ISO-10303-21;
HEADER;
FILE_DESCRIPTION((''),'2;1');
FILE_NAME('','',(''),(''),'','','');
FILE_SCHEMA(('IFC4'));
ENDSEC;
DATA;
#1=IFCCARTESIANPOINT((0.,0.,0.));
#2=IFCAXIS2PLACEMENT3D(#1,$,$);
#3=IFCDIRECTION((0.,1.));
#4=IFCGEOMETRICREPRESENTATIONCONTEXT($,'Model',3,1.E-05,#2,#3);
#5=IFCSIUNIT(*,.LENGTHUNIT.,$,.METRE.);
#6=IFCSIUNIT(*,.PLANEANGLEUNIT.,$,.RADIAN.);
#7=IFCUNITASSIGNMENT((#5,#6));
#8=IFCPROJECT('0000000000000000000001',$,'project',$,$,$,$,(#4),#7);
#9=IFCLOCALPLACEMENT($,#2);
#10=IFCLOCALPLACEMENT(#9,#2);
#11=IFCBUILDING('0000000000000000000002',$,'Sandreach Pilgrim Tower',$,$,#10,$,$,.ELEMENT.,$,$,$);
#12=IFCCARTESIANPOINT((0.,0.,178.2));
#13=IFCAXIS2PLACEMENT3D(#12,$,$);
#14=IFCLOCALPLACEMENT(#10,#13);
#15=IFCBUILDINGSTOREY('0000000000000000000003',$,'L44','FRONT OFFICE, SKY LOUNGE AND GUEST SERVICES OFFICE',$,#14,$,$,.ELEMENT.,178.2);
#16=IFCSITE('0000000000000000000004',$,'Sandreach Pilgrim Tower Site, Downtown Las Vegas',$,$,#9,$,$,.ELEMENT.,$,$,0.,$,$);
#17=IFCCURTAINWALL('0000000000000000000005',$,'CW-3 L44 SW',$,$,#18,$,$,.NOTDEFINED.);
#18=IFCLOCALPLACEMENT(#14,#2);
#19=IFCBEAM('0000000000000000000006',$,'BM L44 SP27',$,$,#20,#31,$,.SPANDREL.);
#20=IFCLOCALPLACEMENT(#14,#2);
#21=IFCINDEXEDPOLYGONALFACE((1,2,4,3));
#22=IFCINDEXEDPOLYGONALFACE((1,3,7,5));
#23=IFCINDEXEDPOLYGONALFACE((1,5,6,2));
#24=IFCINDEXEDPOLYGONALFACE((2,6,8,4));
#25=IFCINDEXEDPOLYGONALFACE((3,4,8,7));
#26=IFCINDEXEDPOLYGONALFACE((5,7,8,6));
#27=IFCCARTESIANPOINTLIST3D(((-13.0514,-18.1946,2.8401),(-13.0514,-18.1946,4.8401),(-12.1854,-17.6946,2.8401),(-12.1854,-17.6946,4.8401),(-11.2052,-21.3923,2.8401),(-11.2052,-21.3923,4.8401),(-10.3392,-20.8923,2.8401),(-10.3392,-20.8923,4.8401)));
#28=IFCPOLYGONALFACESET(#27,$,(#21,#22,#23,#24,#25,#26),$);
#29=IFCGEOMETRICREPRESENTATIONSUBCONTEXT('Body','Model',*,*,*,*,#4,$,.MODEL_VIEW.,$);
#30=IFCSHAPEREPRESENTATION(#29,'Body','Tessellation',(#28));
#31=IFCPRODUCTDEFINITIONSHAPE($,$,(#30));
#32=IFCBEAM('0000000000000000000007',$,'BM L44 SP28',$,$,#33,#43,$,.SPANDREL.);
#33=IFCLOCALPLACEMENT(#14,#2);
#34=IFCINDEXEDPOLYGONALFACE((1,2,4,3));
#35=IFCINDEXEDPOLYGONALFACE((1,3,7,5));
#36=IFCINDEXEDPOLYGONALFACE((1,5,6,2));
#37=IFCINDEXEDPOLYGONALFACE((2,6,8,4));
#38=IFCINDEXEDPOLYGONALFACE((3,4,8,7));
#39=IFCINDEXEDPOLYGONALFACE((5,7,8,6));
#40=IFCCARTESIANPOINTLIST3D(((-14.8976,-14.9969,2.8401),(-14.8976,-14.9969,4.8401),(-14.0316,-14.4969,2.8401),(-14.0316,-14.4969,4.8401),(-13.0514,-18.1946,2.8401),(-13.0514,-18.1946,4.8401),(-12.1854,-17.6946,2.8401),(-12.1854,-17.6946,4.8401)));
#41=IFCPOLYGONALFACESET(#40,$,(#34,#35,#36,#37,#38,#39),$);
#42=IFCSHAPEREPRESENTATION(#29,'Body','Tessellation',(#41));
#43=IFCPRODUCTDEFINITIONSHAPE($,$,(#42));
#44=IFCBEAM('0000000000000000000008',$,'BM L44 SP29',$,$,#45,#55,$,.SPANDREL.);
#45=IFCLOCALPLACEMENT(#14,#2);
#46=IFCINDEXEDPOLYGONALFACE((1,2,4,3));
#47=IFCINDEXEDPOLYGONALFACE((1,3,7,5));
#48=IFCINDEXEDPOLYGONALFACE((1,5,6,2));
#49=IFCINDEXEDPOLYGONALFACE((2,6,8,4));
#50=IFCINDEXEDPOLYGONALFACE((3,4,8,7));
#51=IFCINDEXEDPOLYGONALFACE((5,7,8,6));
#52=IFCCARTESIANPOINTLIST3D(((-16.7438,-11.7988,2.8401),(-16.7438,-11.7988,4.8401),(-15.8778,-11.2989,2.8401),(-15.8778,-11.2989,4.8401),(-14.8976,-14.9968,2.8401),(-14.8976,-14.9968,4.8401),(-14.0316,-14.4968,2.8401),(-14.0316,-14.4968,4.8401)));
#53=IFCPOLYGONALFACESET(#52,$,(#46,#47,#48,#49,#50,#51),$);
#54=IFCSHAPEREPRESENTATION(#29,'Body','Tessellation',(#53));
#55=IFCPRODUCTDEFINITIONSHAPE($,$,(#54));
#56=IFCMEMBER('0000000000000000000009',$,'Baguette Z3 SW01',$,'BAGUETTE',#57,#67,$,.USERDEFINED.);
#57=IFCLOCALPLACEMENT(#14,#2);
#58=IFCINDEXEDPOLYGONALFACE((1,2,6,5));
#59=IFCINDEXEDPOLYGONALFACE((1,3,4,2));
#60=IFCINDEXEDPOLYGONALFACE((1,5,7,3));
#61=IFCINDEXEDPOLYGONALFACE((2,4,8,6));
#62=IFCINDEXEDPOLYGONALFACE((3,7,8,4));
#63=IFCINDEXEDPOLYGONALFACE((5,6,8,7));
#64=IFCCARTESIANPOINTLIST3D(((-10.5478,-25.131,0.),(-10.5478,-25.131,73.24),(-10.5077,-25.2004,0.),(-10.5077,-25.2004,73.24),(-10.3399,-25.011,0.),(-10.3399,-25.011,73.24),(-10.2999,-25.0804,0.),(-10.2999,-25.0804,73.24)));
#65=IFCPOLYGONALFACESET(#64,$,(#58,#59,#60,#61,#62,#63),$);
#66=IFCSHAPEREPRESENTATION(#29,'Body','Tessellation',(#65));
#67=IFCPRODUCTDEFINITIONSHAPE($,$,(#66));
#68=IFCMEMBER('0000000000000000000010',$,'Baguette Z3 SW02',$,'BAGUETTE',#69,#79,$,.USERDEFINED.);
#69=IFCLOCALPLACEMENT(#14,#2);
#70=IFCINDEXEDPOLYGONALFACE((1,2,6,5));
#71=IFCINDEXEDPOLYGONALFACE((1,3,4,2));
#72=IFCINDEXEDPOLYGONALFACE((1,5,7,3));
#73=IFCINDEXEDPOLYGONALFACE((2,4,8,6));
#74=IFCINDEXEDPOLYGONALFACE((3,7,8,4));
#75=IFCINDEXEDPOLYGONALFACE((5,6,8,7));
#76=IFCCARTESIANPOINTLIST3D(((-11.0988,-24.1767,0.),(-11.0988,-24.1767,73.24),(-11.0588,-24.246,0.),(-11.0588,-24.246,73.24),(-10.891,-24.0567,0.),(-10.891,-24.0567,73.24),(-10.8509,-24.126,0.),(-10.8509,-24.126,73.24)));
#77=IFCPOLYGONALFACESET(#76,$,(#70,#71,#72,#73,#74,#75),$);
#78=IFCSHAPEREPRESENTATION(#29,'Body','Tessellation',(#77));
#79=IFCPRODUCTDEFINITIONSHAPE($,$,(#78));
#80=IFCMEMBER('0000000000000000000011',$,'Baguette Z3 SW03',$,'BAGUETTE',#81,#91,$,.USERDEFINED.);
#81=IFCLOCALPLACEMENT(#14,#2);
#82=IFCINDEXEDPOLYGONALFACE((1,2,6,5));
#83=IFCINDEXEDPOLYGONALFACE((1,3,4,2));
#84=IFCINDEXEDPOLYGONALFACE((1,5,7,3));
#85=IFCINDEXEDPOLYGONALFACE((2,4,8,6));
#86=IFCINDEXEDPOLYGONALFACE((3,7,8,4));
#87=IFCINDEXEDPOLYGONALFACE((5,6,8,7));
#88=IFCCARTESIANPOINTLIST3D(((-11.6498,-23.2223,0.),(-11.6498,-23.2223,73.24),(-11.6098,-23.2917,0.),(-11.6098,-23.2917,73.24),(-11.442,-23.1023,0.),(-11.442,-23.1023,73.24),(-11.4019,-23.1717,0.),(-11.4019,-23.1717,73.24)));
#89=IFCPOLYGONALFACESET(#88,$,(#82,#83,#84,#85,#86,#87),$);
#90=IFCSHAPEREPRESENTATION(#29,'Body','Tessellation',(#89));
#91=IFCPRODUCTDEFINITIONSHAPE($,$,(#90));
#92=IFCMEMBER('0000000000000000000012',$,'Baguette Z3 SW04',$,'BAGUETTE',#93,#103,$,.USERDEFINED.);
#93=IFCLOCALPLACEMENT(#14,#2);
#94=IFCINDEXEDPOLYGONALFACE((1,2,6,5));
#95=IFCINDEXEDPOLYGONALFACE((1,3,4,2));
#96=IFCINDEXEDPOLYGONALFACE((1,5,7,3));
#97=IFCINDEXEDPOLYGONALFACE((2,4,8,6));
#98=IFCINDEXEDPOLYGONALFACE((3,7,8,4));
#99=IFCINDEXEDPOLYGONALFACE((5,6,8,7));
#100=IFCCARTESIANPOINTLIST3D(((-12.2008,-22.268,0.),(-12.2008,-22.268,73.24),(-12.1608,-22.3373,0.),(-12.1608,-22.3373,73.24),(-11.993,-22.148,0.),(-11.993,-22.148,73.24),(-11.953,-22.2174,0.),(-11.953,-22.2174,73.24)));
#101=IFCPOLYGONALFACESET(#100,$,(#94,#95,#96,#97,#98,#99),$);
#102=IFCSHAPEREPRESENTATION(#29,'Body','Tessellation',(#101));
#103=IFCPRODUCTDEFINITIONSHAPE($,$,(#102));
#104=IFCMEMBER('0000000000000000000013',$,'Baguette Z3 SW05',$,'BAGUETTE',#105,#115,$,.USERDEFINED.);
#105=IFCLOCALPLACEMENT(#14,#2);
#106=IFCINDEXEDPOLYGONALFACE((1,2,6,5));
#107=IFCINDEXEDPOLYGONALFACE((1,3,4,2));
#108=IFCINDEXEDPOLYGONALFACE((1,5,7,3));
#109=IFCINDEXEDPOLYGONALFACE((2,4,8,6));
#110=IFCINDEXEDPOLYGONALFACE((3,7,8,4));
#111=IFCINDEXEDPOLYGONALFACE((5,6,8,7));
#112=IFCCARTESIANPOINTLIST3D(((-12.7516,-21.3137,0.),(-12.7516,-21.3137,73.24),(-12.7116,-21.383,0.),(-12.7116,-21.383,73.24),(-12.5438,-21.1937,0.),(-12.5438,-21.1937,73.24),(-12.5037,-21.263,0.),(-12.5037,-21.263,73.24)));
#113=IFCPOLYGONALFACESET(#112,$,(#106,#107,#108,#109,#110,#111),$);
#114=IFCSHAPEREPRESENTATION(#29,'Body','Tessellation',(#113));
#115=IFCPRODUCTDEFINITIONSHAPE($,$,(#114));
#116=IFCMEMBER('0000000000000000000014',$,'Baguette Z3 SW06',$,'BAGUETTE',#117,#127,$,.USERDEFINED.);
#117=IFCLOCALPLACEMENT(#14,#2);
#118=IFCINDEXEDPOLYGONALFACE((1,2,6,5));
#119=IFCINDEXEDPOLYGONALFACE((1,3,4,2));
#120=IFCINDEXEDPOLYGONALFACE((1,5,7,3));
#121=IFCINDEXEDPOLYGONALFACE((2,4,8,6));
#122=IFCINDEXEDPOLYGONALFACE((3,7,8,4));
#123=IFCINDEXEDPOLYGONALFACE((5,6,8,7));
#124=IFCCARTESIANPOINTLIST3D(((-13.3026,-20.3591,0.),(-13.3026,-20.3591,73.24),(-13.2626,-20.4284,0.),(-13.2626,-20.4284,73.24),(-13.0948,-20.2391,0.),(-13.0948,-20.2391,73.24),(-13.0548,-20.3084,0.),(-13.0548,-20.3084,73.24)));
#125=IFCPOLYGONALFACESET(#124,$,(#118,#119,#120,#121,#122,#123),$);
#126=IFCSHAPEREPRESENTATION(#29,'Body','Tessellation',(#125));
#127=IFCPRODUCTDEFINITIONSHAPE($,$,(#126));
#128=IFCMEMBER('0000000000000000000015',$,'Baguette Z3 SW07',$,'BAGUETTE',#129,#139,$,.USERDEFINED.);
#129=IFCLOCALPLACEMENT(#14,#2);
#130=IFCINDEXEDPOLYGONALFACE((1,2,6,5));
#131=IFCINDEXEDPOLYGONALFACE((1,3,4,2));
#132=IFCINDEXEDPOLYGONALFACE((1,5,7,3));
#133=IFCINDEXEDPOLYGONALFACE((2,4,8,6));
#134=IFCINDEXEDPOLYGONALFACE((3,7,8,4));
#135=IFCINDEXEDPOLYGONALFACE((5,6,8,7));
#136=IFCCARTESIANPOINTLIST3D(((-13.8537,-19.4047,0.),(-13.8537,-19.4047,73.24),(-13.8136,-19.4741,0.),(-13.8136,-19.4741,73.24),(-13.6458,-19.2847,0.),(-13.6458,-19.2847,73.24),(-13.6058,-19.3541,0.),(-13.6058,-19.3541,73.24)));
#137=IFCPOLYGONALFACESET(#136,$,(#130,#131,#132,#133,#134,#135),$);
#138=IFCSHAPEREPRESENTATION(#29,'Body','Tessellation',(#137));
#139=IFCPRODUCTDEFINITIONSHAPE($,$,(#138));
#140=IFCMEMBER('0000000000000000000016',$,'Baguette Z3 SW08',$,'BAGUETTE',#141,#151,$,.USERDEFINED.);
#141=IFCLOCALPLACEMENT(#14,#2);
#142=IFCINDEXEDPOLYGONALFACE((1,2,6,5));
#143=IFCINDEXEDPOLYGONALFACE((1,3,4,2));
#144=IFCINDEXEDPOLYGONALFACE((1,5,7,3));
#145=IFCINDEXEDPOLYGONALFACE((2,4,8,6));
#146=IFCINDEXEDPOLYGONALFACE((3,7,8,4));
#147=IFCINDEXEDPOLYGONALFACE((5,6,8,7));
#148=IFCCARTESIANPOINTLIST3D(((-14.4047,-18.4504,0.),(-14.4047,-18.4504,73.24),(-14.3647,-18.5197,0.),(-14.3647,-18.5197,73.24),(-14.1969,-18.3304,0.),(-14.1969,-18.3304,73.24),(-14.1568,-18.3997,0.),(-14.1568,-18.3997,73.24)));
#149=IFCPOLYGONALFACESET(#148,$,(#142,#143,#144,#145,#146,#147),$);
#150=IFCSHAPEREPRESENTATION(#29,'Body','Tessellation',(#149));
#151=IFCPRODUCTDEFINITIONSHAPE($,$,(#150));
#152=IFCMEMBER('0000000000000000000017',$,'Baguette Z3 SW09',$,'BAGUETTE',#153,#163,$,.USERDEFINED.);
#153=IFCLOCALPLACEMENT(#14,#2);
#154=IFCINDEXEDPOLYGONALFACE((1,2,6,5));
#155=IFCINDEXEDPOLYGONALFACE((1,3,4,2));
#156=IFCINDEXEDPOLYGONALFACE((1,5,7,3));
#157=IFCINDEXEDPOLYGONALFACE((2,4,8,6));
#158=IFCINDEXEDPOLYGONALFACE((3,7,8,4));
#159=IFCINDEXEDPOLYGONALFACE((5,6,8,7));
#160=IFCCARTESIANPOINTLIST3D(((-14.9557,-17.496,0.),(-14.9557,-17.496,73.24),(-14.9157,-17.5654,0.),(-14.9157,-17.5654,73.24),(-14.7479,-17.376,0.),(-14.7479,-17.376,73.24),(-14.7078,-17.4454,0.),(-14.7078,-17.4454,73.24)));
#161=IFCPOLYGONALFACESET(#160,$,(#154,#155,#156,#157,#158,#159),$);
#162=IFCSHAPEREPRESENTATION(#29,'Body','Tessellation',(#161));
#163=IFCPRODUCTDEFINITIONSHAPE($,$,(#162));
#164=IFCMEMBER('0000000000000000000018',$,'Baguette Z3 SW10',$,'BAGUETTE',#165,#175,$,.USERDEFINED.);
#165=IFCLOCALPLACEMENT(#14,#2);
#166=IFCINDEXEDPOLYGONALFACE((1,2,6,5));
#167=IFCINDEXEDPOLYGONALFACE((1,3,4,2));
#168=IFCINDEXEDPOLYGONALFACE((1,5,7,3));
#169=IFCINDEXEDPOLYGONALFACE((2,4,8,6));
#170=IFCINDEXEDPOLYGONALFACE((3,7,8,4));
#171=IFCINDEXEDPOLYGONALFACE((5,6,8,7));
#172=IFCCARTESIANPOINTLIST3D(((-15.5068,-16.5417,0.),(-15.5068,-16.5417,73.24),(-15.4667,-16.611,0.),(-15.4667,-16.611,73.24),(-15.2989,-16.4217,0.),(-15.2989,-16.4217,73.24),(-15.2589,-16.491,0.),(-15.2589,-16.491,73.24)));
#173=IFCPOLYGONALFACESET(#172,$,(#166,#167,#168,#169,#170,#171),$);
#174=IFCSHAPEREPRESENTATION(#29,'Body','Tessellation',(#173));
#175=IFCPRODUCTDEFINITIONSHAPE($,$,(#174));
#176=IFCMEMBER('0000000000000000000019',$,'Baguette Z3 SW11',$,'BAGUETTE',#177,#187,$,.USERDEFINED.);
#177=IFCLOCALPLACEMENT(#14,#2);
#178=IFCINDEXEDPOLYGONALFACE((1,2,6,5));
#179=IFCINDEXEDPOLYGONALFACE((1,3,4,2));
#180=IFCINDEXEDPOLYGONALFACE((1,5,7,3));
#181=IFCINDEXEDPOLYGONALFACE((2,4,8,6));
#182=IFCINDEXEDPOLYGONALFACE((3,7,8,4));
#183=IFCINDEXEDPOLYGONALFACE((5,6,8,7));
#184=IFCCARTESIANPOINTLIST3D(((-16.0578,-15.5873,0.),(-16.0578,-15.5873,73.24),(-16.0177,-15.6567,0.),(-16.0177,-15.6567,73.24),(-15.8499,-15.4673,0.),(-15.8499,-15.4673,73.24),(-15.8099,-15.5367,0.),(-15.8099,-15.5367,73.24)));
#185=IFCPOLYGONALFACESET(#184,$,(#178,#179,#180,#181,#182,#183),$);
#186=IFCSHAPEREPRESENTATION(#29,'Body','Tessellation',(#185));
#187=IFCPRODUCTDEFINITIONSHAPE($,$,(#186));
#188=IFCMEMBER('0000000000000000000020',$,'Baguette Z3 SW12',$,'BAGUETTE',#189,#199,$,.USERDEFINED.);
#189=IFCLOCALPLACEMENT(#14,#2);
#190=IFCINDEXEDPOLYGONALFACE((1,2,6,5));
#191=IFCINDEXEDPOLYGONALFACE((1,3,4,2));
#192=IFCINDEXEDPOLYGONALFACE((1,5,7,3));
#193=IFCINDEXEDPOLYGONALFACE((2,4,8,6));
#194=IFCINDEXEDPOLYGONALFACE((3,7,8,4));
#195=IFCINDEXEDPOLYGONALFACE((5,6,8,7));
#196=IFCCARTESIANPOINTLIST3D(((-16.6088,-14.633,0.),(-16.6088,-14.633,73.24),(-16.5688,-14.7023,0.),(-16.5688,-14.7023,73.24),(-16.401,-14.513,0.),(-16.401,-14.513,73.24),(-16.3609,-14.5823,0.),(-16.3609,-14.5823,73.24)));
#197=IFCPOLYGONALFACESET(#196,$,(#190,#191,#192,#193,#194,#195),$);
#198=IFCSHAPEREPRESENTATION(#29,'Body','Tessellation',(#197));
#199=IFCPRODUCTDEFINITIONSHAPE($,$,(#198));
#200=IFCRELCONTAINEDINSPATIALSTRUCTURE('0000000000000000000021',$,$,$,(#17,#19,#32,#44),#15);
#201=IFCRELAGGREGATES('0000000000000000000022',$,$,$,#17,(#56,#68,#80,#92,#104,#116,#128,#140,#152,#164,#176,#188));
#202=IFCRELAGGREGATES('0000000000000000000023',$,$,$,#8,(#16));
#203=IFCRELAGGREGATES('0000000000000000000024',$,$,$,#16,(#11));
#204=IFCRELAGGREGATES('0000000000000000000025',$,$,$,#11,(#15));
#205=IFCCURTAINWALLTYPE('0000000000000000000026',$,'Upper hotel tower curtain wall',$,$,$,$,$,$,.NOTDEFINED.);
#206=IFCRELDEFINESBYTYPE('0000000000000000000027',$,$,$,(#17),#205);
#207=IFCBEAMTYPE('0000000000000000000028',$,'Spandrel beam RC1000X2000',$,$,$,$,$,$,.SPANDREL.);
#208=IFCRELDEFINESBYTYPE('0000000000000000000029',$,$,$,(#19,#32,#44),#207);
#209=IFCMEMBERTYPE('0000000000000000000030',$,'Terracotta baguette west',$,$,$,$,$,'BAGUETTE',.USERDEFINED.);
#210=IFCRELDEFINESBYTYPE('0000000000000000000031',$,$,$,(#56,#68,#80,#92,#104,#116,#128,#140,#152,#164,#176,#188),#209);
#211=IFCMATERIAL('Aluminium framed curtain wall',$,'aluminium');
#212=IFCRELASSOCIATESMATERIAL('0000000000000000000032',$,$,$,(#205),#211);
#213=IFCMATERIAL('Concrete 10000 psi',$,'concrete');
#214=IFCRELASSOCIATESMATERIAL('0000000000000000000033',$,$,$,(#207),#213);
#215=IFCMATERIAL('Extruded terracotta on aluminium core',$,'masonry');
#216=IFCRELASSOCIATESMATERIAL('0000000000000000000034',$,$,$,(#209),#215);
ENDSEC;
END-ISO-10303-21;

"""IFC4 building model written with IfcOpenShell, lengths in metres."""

from ifc_helpers import new_model, si_unit, direction, frame, origin, origin_2d, place, context, subcontext, project, spatial, rectangle, extrude, material, material_profile, profile_set, type_object, element, aggregate, save


model = new_model("IFC4")

# Units and contexts
model_context = context("Model", 3, precision=1e-05, world=origin(), true_north=direction((0.0, 1.0)))
body_context = subcontext(model_context, "Body", "Model", "MODEL_VIEW")
ifc_project = project(units=[si_unit("LENGTHUNIT", "METRE"), si_unit("PLANEANGLEUNIT", "RADIAN")], contexts=[model_context])

# Site, building, storey
site_placement = place(None, origin())
site = spatial("IfcSite", under=ifc_project, at=site_placement, Name="Sandreach Pilgrim Tower Site, Downtown Las Vegas", CompositionType="ELEMENT", RefElevation=0.0)
building_placement = place(site_placement, origin())
building = spatial("IfcBuilding", under=site, at=building_placement, Name="Sandreach Pilgrim Tower", CompositionType="ELEMENT")
storey_placement = place(building_placement, frame((0.0, 0.0, 178.2)))
storey = spatial("IfcBuildingStorey", under=building, at=storey_placement, Name="L44", Description="FRONT OFFICE, SKY LOUNGE AND GUEST SERVICES OFFICE", CompositionType="ELEMENT", Elevation=178.2)

# Curtain wall
ifc_material_1 = material(Name="Aluminium framed curtain wall", Category="aluminium")
curtain_wall_type = type_object("IfcCurtainWallType", Name="Upper hotel tower curtain wall", PredefinedType="NOTDEFINED", material=ifc_material_1)
curtain_wall_placement = place(storey_placement, origin())
curtain_wall = element("IfcCurtainWall", 1, at=curtain_wall_placement, inside=storey, type_object=curtain_wall_type, Name="CW-3 L44 SW", PredefinedType="NOTDEFINED")

# Beams
ifc_material_2 = material(Name="Concrete 10000 psi", Category="concrete")
ifc_material_profile_1 = material_profile(ifc_material_2, rectangle(XDim=1.0, YDim=2.0, at=origin_2d()), Name="RC1000X2000")
ifc_profile_set_1 = profile_set([ifc_material_profile_1], Name="Concrete 10000 psi")
beam_type_1 = type_object("IfcBeamType", Name="Spandrel beam RC1000X2000", PredefinedType="SPANDREL", material=ifc_profile_set_1)
for number, where, z_axis, x_axis, name in (
    (2, (-10.7722, -21.1423, 3.8401), (-0.499993, 0.866029, 0.0), (-0.866029, -0.499993, 0.0), "BM L44 SP27"),
    (3, (-12.6184, -17.9446, 3.8401), (-0.499993, 0.866029, 0.0), (-0.866029, -0.499993, 0.0), "BM L44 SP28"),
):
    element("IfcBeam", number, at=place(storey_placement, frame(where, z_axis=z_axis, x_axis=x_axis)), inside=storey, type_object=beam_type_1, Name=name, PredefinedType="SPANDREL", context=body_context, shape_type="SweptSolid", body=[
        extrude(rectangle(XDim=1.0, YDim=2.0, at=origin_2d()), origin(), (0.0, 0.0, 1.0), 3.6924),
    ])
beam_1_placement = place(storey_placement, frame((-14.4646, -14.7468, 3.8401), z_axis=(-0.499965, 0.866046, 0.0), x_axis=(-0.866046, -0.499965, 0.0)))
element("IfcBeam", 4, at=beam_1_placement, inside=storey, type_object=beam_type_1, Name="BM L44 SP29", PredefinedType="SPANDREL", context=body_context, shape_type="SweptSolid", body=[
    extrude(rectangle(XDim=1.0, YDim=2.0, at=origin_2d()), origin(), (0.0, 0.0, 1.0), 3.6926),
])

# Members
ifc_material_3 = material(Name="Extruded terracotta on aluminium core", Category="masonry")
ifc_material_profile_2 = material_profile(ifc_material_3, rectangle(XDim=0.0801, YDim=0.24, at=origin_2d()), Name="TBW 80X240")
ifc_profile_set_2 = profile_set([ifc_material_profile_2], Name="Extruded terracotta on aluminium core")
member_type_1 = type_object("IfcMemberType", Name="Terracotta baguette west", ElementType="BAGUETTE", PredefinedType="USERDEFINED", material=ifc_profile_set_2)
member_1_placement = place(storey_placement, frame((-10.4238, -25.1057, 0.0), z_axis=(0.0, 0.0, 1.0), x_axis=(-0.5, 0.866025, 0.0)))
member_1 = element("IfcMember", 5, at=member_1_placement, type_object=member_type_1, Name="Baguette Z3 SW01", ObjectType="BAGUETTE", PredefinedType="USERDEFINED", context=body_context, shape_type="SweptSolid", body=[
    extrude(rectangle(XDim=0.0801, YDim=0.24, at=origin_2d()), origin(), (0.0, 0.0, 1.0), 73.24),
])
member_2_placement = place(storey_placement, frame((-10.9749, -24.1514, 0.0), z_axis=(0.0, 0.0, 1.0), x_axis=(-0.5, 0.866025, 0.0)))
member_2 = element("IfcMember", 6, at=member_2_placement, type_object=member_type_1, Name="Baguette Z3 SW02", ObjectType="BAGUETTE", PredefinedType="USERDEFINED", context=body_context, shape_type="SweptSolid", body=[
    extrude(rectangle(XDim=0.0801, YDim=0.24, at=origin_2d()), origin(), (0.0, 0.0, 1.0), 73.24),
])
member_3_placement = place(storey_placement, frame((-11.5259, -23.197, 0.0), z_axis=(0.0, 0.0, 1.0), x_axis=(-0.5, 0.866025, 0.0)))
member_3 = element("IfcMember", 7, at=member_3_placement, type_object=member_type_1, Name="Baguette Z3 SW03", ObjectType="BAGUETTE", PredefinedType="USERDEFINED", context=body_context, shape_type="SweptSolid", body=[
    extrude(rectangle(XDim=0.0801, YDim=0.24, at=origin_2d()), origin(), (0.0, 0.0, 1.0), 73.24),
])
member_4_placement = place(storey_placement, frame((-12.0769, -22.2427, 0.0), z_axis=(0.0, 0.0, 1.0), x_axis=(-0.5, 0.866025, 0.0)))
member_4 = element("IfcMember", 8, at=member_4_placement, type_object=member_type_1, Name="Baguette Z3 SW04", ObjectType="BAGUETTE", PredefinedType="USERDEFINED", context=body_context, shape_type="SweptSolid", body=[
    extrude(rectangle(XDim=0.0801, YDim=0.24, at=origin_2d()), origin(), (0.0, 0.0, 1.0), 73.24),
])
member_5_placement = place(storey_placement, frame((-12.6277, -21.2883, 0.0), z_axis=(0.0, 0.0, 1.0), x_axis=(-0.5, 0.866025, 0.0)))
member_5 = element("IfcMember", 9, at=member_5_placement, type_object=member_type_1, Name="Baguette Z3 SW05", ObjectType="BAGUETTE", PredefinedType="USERDEFINED", context=body_context, shape_type="SweptSolid", body=[
    extrude(rectangle(XDim=0.0801, YDim=0.24, at=origin_2d()), origin(), (0.0, 0.0, 1.0), 73.24),
])
member_6_placement = place(storey_placement, frame((-13.1787, -20.3337, 0.0), z_axis=(0.0, 0.0, 1.0), x_axis=(-0.5, 0.866025, 0.0)))
member_6 = element("IfcMember", 10, at=member_6_placement, type_object=member_type_1, Name="Baguette Z3 SW06", ObjectType="BAGUETTE", PredefinedType="USERDEFINED", context=body_context, shape_type="SweptSolid", body=[
    extrude(rectangle(XDim=0.0801, YDim=0.24, at=origin_2d()), origin(), (0.0, 0.0, 1.0), 73.24),
])
member_7_placement = place(storey_placement, frame((-13.7297, -19.3794, 0.0), z_axis=(0.0, 0.0, 1.0), x_axis=(-0.5, 0.866025, 0.0)))
member_7 = element("IfcMember", 11, at=member_7_placement, type_object=member_type_1, Name="Baguette Z3 SW07", ObjectType="BAGUETTE", PredefinedType="USERDEFINED", context=body_context, shape_type="SweptSolid", body=[
    extrude(rectangle(XDim=0.0801, YDim=0.24, at=origin_2d()), origin(), (0.0, 0.0, 1.0), 73.24),
])
member_8_placement = place(storey_placement, frame((-14.2808, -18.425, 0.0), z_axis=(0.0, 0.0, 1.0), x_axis=(-0.5, 0.866025, 0.0)))
member_8 = element("IfcMember", 12, at=member_8_placement, type_object=member_type_1, Name="Baguette Z3 SW08", ObjectType="BAGUETTE", PredefinedType="USERDEFINED", context=body_context, shape_type="SweptSolid", body=[
    extrude(rectangle(XDim=0.0801, YDim=0.24, at=origin_2d()), origin(), (0.0, 0.0, 1.0), 73.24),
])
member_9_placement = place(storey_placement, frame((-14.8318, -17.4707, 0.0), z_axis=(0.0, 0.0, 1.0), x_axis=(-0.5, 0.866025, 0.0)))
member_9 = element("IfcMember", 13, at=member_9_placement, type_object=member_type_1, Name="Baguette Z3 SW09", ObjectType="BAGUETTE", PredefinedType="USERDEFINED", context=body_context, shape_type="SweptSolid", body=[
    extrude(rectangle(XDim=0.0801, YDim=0.24, at=origin_2d()), origin(), (0.0, 0.0, 1.0), 73.24),
])
member_10_placement = place(storey_placement, frame((-15.3828, -16.5164, 0.0), z_axis=(0.0, 0.0, 1.0), x_axis=(-0.5, 0.866025, 0.0)))
member_10 = element("IfcMember", 14, at=member_10_placement, type_object=member_type_1, Name="Baguette Z3 SW10", ObjectType="BAGUETTE", PredefinedType="USERDEFINED", context=body_context, shape_type="SweptSolid", body=[
    extrude(rectangle(XDim=0.0801, YDim=0.24, at=origin_2d()), origin(), (0.0, 0.0, 1.0), 73.24),
])
member_11_placement = place(storey_placement, frame((-15.9338, -15.562, 0.0), z_axis=(0.0, 0.0, 1.0), x_axis=(-0.5, 0.866025, 0.0)))
member_11 = element("IfcMember", 15, at=member_11_placement, type_object=member_type_1, Name="Baguette Z3 SW11", ObjectType="BAGUETTE", PredefinedType="USERDEFINED", context=body_context, shape_type="SweptSolid", body=[
    extrude(rectangle(XDim=0.0801, YDim=0.24, at=origin_2d()), origin(), (0.0, 0.0, 1.0), 73.24),
])
member_12_placement = place(storey_placement, frame((-16.4849, -14.6077, 0.0), z_axis=(0.0, 0.0, 1.0), x_axis=(-0.5, 0.866025, 0.0)))
member_12 = element("IfcMember", 16, at=member_12_placement, type_object=member_type_1, Name="Baguette Z3 SW12", ObjectType="BAGUETTE", PredefinedType="USERDEFINED", context=body_context, shape_type="SweptSolid", body=[
    extrude(rectangle(XDim=0.0801, YDim=0.24, at=origin_2d()), origin(), (0.0, 0.0, 1.0), 73.24),
])

aggregate(curtain_wall, [member_1, member_2, member_3, member_4, member_5, member_6, member_7, member_8, member_9, member_10, member_11, member_12])

save(model, "model.ifc")
